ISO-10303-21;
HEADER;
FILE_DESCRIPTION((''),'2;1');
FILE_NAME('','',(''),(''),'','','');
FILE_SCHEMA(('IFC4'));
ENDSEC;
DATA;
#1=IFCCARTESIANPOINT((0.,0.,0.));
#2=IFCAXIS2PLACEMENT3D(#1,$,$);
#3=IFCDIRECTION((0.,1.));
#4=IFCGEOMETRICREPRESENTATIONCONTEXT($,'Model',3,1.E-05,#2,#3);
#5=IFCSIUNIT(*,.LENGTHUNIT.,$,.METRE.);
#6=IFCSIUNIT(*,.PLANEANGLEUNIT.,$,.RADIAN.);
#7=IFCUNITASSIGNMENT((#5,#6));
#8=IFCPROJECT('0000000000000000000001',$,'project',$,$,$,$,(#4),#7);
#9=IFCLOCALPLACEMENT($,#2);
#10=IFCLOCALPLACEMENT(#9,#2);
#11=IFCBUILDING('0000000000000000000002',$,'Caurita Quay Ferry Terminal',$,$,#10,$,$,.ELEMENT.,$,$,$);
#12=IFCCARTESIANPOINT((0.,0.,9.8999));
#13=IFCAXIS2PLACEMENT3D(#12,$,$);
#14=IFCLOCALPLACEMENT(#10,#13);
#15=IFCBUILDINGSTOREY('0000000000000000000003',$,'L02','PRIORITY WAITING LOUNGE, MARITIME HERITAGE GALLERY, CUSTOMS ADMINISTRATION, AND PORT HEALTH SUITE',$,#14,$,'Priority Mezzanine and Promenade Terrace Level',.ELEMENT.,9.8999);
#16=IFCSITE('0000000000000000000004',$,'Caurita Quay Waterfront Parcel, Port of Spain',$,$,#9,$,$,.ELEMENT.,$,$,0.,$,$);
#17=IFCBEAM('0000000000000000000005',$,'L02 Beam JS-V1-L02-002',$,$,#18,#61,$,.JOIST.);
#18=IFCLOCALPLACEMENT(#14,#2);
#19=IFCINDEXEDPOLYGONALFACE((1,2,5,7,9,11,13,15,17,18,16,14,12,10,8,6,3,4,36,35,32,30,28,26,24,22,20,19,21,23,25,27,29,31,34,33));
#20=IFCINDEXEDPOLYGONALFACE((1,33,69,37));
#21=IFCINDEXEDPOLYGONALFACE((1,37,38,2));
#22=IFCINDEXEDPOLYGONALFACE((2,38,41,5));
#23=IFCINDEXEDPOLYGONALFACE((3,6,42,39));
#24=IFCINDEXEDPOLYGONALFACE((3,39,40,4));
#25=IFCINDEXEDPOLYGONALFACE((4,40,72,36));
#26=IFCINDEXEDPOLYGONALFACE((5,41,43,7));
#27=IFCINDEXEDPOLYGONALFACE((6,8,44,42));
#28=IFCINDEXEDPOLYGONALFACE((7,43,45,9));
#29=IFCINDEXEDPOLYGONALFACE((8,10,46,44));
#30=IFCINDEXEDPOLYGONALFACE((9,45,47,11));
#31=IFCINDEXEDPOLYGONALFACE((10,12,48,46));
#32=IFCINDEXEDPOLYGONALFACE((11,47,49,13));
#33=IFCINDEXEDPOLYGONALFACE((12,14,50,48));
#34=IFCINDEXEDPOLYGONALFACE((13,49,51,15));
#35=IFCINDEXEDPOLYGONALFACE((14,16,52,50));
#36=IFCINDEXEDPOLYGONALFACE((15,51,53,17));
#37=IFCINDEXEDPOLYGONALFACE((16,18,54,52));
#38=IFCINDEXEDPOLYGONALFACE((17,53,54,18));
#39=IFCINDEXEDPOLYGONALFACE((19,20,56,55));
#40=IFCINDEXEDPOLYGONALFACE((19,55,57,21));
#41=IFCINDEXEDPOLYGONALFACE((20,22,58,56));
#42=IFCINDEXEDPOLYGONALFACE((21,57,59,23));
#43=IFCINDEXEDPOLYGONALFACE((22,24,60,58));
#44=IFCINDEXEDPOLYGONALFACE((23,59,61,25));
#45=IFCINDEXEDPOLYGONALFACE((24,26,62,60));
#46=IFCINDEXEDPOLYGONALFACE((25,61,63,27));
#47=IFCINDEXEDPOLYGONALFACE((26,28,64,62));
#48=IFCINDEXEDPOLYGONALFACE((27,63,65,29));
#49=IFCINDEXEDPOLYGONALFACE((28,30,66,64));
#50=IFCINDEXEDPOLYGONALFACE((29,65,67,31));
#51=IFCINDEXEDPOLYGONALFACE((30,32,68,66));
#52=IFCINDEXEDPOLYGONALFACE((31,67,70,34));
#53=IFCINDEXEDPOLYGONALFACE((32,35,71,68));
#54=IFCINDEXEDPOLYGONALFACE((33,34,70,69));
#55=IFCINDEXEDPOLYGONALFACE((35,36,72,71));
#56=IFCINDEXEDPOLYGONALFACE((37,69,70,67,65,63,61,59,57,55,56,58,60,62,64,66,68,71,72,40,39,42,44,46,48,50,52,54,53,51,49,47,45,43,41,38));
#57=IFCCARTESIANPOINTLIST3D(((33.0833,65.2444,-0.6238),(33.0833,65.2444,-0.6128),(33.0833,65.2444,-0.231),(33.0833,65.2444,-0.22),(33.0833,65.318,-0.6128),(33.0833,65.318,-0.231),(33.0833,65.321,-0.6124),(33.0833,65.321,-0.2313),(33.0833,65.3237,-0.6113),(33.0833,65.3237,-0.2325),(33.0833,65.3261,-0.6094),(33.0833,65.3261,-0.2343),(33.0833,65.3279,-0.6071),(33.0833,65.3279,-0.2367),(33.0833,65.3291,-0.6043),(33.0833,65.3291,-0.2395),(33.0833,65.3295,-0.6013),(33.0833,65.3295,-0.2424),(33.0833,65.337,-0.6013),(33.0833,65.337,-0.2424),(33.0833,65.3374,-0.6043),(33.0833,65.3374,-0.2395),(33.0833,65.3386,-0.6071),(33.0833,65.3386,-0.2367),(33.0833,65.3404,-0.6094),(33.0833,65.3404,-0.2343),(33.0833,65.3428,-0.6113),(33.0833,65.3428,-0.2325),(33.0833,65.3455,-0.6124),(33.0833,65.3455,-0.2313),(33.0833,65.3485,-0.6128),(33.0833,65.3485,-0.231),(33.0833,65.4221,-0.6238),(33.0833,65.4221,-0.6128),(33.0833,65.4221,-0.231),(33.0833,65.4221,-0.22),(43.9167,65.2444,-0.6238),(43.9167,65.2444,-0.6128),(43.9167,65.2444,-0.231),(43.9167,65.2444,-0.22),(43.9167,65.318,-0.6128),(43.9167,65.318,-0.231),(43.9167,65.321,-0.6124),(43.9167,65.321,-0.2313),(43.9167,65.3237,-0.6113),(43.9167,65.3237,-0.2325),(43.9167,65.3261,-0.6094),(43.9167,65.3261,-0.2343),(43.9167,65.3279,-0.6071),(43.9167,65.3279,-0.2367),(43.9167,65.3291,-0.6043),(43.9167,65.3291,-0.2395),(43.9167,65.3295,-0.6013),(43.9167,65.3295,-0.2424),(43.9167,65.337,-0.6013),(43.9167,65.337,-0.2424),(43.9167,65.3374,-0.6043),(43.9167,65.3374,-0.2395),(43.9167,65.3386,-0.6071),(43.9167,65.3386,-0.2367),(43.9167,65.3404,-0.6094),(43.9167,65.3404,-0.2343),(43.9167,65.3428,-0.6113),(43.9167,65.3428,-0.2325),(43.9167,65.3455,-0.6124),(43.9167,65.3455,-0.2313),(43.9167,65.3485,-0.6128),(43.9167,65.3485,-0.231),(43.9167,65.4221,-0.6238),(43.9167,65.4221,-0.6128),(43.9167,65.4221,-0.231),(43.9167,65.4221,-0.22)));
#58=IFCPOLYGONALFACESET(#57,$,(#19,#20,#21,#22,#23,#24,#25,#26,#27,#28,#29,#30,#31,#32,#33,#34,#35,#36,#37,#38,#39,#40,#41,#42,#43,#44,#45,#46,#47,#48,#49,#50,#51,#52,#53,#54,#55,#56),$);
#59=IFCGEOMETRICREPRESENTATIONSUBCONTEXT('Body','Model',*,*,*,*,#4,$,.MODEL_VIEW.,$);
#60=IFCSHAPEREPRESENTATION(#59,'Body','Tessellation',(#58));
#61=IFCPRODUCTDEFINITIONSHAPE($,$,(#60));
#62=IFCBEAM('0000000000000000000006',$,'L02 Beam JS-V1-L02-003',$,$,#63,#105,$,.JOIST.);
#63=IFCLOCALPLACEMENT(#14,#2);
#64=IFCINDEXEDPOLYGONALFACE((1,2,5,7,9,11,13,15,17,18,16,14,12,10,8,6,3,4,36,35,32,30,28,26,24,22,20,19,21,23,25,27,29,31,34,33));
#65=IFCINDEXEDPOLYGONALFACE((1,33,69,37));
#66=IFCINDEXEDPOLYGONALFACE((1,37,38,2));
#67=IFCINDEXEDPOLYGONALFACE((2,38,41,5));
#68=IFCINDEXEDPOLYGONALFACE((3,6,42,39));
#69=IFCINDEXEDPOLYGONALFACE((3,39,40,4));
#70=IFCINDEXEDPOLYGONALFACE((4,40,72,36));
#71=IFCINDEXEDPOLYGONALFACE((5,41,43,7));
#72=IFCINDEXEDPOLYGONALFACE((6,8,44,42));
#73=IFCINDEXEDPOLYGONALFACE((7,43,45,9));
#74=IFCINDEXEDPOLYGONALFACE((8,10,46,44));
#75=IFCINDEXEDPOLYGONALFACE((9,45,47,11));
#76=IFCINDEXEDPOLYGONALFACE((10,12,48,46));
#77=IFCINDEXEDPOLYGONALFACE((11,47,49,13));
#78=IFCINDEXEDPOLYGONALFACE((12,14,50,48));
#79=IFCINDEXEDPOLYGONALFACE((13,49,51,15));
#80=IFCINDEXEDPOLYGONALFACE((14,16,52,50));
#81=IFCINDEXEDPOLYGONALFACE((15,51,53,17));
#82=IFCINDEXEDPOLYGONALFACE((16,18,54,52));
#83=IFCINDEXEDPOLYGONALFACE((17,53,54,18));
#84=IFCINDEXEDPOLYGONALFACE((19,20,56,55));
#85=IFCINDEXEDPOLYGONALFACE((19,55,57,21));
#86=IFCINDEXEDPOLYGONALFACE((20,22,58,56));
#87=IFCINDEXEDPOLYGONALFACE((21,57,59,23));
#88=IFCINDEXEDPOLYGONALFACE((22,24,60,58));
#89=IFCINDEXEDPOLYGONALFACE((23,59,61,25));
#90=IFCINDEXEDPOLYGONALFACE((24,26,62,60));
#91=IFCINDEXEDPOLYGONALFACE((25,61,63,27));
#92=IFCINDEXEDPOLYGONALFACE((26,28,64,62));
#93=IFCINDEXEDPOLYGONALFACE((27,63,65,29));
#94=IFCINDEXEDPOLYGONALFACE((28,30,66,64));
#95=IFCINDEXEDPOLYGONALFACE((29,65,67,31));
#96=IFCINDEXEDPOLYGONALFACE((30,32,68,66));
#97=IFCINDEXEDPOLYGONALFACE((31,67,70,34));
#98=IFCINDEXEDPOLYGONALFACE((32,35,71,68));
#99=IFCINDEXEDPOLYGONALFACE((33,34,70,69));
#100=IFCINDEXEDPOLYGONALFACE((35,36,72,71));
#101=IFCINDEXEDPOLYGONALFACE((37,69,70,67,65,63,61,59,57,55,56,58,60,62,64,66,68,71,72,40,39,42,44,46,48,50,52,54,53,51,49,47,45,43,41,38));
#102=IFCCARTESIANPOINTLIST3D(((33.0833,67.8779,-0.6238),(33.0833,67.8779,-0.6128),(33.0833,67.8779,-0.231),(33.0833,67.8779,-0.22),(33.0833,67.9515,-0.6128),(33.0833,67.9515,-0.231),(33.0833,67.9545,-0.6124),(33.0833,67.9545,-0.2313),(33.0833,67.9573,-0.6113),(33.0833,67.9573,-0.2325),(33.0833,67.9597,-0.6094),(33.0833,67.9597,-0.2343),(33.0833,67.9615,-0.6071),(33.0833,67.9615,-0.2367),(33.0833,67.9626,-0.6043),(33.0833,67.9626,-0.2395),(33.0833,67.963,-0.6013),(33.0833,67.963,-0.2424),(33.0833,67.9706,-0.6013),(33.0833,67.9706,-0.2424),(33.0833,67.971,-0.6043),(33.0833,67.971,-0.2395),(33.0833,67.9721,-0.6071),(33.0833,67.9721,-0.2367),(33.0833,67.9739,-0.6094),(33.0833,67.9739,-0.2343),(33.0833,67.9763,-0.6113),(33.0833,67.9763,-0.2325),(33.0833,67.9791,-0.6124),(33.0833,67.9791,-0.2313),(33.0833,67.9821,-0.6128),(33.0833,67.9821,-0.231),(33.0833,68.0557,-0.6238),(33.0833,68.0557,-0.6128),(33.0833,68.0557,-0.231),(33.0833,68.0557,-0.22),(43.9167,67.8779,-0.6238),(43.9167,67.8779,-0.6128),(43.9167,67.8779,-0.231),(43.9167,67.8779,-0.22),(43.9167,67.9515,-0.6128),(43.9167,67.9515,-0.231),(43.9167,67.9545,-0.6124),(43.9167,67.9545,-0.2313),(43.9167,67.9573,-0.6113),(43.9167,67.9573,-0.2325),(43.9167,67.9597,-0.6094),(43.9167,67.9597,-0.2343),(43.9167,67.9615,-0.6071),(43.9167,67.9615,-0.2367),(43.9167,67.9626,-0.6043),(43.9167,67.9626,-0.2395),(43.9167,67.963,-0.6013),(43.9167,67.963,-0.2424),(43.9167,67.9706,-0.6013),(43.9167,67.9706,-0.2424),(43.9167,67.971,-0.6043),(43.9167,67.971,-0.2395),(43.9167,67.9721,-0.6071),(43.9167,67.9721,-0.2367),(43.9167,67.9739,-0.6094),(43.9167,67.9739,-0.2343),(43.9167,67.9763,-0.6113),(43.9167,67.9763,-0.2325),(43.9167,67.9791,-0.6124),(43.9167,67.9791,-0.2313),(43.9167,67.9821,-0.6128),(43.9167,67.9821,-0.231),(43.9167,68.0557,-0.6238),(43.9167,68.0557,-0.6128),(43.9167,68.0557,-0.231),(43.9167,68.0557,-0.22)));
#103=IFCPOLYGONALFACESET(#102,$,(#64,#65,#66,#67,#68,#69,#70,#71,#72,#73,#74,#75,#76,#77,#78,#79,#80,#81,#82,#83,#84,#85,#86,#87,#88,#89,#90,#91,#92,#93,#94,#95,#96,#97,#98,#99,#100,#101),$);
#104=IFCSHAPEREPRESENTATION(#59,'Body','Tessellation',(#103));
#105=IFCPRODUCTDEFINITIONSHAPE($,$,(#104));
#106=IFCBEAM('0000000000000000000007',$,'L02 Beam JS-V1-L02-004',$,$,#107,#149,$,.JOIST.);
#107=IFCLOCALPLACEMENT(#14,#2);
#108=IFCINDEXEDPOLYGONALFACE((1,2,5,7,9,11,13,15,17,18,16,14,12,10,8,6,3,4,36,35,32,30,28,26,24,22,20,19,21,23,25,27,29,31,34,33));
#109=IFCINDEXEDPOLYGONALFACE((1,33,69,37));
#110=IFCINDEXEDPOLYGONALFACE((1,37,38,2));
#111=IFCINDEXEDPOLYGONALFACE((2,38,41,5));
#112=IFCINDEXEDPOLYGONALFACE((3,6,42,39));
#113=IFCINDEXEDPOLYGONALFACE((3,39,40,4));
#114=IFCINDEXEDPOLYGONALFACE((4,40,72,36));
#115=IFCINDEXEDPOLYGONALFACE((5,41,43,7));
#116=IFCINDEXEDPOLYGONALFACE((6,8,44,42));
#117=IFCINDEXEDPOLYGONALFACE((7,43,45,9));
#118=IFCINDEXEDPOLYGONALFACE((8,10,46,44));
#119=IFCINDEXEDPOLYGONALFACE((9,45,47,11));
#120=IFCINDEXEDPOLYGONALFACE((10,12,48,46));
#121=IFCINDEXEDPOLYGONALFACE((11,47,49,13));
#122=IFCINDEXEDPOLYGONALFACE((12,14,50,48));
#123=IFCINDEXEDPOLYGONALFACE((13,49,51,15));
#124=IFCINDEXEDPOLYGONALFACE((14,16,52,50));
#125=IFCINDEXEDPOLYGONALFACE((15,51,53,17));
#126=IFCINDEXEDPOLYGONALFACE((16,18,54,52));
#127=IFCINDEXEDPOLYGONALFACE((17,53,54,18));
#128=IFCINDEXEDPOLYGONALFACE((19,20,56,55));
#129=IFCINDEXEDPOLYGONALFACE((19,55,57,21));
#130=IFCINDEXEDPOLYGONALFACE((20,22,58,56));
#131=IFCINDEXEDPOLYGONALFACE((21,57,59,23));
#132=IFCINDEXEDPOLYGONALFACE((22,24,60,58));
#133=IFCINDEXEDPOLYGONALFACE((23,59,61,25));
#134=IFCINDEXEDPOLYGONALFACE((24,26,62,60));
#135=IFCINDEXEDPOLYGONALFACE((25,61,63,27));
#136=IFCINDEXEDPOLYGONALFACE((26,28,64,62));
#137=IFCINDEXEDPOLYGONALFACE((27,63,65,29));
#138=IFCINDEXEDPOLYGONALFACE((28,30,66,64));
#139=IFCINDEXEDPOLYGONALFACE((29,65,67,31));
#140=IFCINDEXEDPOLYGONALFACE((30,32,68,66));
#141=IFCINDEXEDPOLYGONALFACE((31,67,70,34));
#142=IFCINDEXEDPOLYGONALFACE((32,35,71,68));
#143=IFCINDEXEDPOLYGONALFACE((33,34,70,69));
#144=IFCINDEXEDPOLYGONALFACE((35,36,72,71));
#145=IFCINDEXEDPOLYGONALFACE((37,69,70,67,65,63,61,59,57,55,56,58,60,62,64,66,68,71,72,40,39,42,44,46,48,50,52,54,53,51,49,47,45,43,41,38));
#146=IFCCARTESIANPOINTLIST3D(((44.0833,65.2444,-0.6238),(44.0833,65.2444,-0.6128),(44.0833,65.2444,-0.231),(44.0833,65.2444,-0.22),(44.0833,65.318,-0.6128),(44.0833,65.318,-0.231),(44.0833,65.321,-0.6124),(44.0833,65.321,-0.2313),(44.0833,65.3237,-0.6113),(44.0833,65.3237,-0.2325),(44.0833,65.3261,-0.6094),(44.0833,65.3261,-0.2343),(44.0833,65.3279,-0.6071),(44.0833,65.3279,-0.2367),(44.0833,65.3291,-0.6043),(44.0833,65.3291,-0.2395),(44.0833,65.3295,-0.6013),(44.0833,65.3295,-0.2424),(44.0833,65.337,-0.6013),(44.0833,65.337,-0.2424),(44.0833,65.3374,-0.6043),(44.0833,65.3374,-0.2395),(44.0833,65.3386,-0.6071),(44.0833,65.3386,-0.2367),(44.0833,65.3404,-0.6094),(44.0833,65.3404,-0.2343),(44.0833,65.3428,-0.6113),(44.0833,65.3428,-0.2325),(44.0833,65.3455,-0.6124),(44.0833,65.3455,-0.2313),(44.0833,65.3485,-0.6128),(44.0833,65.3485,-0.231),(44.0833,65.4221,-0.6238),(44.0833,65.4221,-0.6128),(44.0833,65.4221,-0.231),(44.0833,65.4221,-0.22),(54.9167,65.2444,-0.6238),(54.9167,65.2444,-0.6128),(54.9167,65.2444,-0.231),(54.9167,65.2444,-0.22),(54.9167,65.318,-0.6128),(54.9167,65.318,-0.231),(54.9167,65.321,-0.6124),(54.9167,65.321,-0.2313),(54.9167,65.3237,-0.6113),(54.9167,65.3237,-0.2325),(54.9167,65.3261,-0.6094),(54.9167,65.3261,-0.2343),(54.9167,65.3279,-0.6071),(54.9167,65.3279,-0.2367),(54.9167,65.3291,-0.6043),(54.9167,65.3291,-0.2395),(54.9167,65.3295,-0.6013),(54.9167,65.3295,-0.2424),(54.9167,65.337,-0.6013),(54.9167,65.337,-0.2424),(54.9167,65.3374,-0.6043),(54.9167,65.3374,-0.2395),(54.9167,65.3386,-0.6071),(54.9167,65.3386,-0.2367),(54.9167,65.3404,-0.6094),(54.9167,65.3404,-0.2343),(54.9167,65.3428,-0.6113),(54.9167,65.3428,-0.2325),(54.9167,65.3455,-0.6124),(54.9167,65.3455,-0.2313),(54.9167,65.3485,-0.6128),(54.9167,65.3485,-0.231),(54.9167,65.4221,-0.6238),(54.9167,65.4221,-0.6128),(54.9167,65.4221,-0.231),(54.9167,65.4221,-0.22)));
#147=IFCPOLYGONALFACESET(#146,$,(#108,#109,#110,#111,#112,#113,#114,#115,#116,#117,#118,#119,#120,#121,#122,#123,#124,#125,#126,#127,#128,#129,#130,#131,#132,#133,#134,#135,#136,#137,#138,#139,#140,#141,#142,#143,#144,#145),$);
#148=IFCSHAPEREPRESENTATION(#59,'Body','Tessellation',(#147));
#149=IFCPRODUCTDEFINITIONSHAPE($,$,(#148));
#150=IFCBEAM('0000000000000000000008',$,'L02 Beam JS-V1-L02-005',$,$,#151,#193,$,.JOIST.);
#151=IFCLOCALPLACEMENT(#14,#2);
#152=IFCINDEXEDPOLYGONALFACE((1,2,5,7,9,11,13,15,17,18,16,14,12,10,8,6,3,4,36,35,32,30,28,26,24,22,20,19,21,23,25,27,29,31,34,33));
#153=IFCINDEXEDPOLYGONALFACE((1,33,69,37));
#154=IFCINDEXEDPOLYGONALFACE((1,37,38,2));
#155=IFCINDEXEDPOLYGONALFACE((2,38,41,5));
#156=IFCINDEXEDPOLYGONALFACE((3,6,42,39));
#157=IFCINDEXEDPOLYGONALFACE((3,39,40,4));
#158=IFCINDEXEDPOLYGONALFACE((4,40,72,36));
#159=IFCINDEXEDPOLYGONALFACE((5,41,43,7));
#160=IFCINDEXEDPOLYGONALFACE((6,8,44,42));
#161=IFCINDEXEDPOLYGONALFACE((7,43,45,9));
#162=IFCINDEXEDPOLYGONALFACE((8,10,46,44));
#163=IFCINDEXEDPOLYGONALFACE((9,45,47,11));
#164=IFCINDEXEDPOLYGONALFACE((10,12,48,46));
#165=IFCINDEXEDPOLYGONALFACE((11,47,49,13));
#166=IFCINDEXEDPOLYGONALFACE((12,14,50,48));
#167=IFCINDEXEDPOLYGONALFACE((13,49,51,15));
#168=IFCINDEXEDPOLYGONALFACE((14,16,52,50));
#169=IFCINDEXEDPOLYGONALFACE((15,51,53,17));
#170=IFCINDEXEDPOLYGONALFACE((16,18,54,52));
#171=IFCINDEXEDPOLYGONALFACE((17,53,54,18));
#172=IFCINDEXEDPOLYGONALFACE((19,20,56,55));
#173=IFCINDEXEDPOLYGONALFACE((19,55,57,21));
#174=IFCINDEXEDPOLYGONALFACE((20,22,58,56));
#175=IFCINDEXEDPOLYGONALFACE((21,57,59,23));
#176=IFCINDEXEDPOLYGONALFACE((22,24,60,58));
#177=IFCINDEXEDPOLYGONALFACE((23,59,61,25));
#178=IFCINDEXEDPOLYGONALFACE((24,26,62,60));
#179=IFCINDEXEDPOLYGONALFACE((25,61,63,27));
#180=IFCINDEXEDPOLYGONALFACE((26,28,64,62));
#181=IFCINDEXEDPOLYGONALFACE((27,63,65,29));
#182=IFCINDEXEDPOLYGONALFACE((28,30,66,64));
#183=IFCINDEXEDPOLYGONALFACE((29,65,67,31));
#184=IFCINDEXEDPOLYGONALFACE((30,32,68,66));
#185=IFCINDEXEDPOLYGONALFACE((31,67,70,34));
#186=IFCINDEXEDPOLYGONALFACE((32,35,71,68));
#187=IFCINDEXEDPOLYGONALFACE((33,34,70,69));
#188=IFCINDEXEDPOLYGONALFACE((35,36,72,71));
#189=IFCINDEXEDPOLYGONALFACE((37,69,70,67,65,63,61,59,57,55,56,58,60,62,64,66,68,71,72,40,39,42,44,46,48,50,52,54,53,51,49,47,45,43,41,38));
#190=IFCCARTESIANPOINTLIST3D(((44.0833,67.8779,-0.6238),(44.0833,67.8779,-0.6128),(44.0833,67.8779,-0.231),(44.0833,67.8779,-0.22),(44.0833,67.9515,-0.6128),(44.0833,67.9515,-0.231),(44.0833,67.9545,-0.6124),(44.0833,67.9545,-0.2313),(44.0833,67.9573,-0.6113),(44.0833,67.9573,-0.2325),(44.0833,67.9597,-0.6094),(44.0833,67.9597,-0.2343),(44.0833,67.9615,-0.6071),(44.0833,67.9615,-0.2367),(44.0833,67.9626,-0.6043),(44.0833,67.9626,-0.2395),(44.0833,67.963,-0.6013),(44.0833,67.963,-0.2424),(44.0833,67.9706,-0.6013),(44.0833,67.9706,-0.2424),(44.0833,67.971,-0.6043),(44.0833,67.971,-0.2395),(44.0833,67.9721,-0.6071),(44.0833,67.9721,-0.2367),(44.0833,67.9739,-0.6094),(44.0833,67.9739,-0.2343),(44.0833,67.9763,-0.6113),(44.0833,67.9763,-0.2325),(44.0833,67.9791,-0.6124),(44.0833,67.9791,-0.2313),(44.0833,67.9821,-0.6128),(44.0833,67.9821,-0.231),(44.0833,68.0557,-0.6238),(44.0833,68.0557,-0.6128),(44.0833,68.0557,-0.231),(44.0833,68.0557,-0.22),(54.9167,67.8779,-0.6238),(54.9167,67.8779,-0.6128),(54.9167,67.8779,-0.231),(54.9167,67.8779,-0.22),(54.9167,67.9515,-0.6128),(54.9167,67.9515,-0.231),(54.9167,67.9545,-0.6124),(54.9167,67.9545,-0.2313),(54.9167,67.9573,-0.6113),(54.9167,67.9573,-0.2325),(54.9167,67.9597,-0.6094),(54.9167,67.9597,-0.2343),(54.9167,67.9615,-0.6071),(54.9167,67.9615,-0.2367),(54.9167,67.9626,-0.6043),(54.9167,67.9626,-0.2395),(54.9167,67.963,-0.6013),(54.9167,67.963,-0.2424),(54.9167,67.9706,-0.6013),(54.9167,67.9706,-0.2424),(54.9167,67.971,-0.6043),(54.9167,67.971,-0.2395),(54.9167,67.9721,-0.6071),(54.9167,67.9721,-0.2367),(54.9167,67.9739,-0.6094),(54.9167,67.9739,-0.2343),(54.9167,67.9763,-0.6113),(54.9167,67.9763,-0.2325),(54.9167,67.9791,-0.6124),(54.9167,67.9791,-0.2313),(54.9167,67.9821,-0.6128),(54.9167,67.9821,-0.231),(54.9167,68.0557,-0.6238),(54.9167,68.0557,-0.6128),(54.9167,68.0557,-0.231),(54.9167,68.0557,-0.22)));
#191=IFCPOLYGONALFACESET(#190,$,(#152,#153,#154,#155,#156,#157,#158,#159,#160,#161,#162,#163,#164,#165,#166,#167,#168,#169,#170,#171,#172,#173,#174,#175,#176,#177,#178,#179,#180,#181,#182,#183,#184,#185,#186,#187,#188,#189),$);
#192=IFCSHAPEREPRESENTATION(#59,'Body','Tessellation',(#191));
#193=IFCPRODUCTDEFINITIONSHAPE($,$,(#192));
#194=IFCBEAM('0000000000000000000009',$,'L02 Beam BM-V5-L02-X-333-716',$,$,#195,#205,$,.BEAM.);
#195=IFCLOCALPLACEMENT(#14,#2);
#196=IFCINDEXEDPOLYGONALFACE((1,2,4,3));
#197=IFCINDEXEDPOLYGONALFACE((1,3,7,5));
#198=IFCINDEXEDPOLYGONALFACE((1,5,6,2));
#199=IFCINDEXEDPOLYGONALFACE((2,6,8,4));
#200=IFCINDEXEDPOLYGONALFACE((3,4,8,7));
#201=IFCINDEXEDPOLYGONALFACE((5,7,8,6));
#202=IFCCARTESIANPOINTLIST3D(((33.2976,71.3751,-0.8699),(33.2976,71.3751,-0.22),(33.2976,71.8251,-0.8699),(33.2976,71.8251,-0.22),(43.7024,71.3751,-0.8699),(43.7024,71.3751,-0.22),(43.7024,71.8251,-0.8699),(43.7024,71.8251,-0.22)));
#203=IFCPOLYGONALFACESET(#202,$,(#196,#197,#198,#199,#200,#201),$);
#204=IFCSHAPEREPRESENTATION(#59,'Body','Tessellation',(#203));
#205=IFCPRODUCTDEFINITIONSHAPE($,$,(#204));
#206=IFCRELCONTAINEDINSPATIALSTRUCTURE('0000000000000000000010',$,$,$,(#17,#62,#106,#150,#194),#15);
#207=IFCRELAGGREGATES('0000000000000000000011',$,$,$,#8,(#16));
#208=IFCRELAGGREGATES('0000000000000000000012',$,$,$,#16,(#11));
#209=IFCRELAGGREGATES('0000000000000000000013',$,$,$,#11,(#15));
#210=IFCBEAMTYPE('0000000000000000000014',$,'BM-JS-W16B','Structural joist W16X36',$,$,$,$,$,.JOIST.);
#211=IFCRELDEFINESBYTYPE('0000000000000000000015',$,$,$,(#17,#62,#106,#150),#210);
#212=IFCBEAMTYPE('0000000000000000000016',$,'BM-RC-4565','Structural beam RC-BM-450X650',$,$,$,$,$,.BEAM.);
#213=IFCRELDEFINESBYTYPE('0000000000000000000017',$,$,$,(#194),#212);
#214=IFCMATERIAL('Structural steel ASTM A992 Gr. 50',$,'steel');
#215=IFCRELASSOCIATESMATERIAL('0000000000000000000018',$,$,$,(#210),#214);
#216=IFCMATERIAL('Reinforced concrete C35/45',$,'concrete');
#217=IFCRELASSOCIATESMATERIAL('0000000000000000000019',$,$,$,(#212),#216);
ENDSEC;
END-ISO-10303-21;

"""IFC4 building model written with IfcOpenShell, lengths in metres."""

from ifc_helpers import new_model, si_unit, direction, frame, origin, origin_2d, place, context, subcontext, project, spatial, rectangle, i_section, extrude, material, material_profile, profile_set, type_object, element, save


model = new_model("IFC4")

# Units and contexts
model_context = context("Model", 3, precision=1e-05, world=origin(), true_north=direction((0.0, 1.0)))
body_context = subcontext(model_context, "Body", "Model", "MODEL_VIEW")
ifc_project = project(units=[si_unit("LENGTHUNIT", "METRE"), si_unit("PLANEANGLEUNIT", "RADIAN")], contexts=[model_context])

# Site, building, storey
site_placement = place(None, origin())
site = spatial("IfcSite", under=ifc_project, at=site_placement, Name="Caurita Quay Waterfront Parcel, Port of Spain", CompositionType="ELEMENT", RefElevation=0.0)
building_placement = place(site_placement, origin())
building = spatial("IfcBuilding", under=site, at=building_placement, Name="Caurita Quay Ferry Terminal", CompositionType="ELEMENT")
storey_placement = place(building_placement, frame((0.0, 0.0, 9.8999)))
storey = spatial("IfcBuildingStorey", under=building, at=storey_placement, Name="L02", Description="PRIORITY WAITING LOUNGE, MARITIME HERITAGE GALLERY, CUSTOMS ADMINISTRATION, AND PORT HEALTH SUITE", LongName="Priority Mezzanine and Promenade Terrace Level", CompositionType="ELEMENT", Elevation=9.8999)

# Shared definitions
ifc_material_1 = material(Name="Reinforced concrete C35/45", Category="concrete")
ifc_material_2 = material(Name="Structural steel ASTM A992 Gr. 50", Category="steel")

# Beams
ifc_material_profile_1 = material_profile(ifc_material_2, i_section(OverallWidth=0.1777, OverallDepth=0.4038, WebThickness=0.0076, FlangeThickness=0.011, FilletRadius=0.0115, at=origin_2d()), Name="W16X36")
ifc_profile_set_1 = profile_set([ifc_material_profile_1], Name="Structural steel ASTM A992 Gr. 50")
beam_type_1 = type_object("IfcBeamType", Name="BM-JS-W16B", Description="Structural joist W16X36", PredefinedType="JOIST", material=ifc_profile_set_1)
for number, where, z_axis, x_axis, name in (
    (1, (33.0833, 65.3333, -0.4219), (1.0, 0.0, 0.0), (0.0, 1.0, 0.0), "L02 Beam JS-V1-L02-002"),
    (2, (33.0833, 67.9668, -0.4219), (1.0, 0.0, 0.0), (0.0, 1.0, 0.0), "L02 Beam JS-V1-L02-003"),
    (3, (44.0833, 65.3333, -0.4219), (1.0, 0.0, 0.0), (0.0, 1.0, 0.0), "L02 Beam JS-V1-L02-004"),
    (4, (44.0833, 67.9668, -0.4219), (1.0, 0.0, 0.0), (0.0, 1.0, 0.0), "L02 Beam JS-V1-L02-005"),
):
    element("IfcBeam", number, at=place(storey_placement, frame(where, z_axis=z_axis, x_axis=x_axis)), inside=storey, type_object=beam_type_1, Name=name, PredefinedType="JOIST", context=body_context, shape_type="SweptSolid", body=[
        extrude(i_section(OverallWidth=0.1777, OverallDepth=0.4038, WebThickness=0.0076, FlangeThickness=0.011, FilletRadius=0.0115, at=origin_2d()), origin(), (0.0, 0.0, 1.0), 10.8335),
    ])
ifc_material_profile_2 = material_profile(ifc_material_1, rectangle(XDim=0.45, YDim=0.6499, at=origin_2d()), Name="RC-BM-450X650")
ifc_profile_set_2 = profile_set([ifc_material_profile_2], Name="Reinforced concrete C35/45")
beam_type_2 = type_object("IfcBeamType", Name="BM-RC-4565", Description="Structural beam RC-BM-450X650", PredefinedType="BEAM", material=ifc_profile_set_2)
beam_placement = place(storey_placement, frame((33.2976, 71.6001, -0.5449), z_axis=(1.0, 0.0, 0.0), x_axis=(0.0, 1.0, 0.0)))
element("IfcBeam", 5, at=beam_placement, inside=storey, type_object=beam_type_2, Name="L02 Beam BM-V5-L02-X-333-716", PredefinedType="BEAM", context=body_context, shape_type="SweptSolid", body=[
    extrude(rectangle(XDim=0.45, YDim=0.6499, at=origin_2d()), origin(), (0.0, 0.0, 1.0), 10.4048),
])

save(model, "model.ifc")
